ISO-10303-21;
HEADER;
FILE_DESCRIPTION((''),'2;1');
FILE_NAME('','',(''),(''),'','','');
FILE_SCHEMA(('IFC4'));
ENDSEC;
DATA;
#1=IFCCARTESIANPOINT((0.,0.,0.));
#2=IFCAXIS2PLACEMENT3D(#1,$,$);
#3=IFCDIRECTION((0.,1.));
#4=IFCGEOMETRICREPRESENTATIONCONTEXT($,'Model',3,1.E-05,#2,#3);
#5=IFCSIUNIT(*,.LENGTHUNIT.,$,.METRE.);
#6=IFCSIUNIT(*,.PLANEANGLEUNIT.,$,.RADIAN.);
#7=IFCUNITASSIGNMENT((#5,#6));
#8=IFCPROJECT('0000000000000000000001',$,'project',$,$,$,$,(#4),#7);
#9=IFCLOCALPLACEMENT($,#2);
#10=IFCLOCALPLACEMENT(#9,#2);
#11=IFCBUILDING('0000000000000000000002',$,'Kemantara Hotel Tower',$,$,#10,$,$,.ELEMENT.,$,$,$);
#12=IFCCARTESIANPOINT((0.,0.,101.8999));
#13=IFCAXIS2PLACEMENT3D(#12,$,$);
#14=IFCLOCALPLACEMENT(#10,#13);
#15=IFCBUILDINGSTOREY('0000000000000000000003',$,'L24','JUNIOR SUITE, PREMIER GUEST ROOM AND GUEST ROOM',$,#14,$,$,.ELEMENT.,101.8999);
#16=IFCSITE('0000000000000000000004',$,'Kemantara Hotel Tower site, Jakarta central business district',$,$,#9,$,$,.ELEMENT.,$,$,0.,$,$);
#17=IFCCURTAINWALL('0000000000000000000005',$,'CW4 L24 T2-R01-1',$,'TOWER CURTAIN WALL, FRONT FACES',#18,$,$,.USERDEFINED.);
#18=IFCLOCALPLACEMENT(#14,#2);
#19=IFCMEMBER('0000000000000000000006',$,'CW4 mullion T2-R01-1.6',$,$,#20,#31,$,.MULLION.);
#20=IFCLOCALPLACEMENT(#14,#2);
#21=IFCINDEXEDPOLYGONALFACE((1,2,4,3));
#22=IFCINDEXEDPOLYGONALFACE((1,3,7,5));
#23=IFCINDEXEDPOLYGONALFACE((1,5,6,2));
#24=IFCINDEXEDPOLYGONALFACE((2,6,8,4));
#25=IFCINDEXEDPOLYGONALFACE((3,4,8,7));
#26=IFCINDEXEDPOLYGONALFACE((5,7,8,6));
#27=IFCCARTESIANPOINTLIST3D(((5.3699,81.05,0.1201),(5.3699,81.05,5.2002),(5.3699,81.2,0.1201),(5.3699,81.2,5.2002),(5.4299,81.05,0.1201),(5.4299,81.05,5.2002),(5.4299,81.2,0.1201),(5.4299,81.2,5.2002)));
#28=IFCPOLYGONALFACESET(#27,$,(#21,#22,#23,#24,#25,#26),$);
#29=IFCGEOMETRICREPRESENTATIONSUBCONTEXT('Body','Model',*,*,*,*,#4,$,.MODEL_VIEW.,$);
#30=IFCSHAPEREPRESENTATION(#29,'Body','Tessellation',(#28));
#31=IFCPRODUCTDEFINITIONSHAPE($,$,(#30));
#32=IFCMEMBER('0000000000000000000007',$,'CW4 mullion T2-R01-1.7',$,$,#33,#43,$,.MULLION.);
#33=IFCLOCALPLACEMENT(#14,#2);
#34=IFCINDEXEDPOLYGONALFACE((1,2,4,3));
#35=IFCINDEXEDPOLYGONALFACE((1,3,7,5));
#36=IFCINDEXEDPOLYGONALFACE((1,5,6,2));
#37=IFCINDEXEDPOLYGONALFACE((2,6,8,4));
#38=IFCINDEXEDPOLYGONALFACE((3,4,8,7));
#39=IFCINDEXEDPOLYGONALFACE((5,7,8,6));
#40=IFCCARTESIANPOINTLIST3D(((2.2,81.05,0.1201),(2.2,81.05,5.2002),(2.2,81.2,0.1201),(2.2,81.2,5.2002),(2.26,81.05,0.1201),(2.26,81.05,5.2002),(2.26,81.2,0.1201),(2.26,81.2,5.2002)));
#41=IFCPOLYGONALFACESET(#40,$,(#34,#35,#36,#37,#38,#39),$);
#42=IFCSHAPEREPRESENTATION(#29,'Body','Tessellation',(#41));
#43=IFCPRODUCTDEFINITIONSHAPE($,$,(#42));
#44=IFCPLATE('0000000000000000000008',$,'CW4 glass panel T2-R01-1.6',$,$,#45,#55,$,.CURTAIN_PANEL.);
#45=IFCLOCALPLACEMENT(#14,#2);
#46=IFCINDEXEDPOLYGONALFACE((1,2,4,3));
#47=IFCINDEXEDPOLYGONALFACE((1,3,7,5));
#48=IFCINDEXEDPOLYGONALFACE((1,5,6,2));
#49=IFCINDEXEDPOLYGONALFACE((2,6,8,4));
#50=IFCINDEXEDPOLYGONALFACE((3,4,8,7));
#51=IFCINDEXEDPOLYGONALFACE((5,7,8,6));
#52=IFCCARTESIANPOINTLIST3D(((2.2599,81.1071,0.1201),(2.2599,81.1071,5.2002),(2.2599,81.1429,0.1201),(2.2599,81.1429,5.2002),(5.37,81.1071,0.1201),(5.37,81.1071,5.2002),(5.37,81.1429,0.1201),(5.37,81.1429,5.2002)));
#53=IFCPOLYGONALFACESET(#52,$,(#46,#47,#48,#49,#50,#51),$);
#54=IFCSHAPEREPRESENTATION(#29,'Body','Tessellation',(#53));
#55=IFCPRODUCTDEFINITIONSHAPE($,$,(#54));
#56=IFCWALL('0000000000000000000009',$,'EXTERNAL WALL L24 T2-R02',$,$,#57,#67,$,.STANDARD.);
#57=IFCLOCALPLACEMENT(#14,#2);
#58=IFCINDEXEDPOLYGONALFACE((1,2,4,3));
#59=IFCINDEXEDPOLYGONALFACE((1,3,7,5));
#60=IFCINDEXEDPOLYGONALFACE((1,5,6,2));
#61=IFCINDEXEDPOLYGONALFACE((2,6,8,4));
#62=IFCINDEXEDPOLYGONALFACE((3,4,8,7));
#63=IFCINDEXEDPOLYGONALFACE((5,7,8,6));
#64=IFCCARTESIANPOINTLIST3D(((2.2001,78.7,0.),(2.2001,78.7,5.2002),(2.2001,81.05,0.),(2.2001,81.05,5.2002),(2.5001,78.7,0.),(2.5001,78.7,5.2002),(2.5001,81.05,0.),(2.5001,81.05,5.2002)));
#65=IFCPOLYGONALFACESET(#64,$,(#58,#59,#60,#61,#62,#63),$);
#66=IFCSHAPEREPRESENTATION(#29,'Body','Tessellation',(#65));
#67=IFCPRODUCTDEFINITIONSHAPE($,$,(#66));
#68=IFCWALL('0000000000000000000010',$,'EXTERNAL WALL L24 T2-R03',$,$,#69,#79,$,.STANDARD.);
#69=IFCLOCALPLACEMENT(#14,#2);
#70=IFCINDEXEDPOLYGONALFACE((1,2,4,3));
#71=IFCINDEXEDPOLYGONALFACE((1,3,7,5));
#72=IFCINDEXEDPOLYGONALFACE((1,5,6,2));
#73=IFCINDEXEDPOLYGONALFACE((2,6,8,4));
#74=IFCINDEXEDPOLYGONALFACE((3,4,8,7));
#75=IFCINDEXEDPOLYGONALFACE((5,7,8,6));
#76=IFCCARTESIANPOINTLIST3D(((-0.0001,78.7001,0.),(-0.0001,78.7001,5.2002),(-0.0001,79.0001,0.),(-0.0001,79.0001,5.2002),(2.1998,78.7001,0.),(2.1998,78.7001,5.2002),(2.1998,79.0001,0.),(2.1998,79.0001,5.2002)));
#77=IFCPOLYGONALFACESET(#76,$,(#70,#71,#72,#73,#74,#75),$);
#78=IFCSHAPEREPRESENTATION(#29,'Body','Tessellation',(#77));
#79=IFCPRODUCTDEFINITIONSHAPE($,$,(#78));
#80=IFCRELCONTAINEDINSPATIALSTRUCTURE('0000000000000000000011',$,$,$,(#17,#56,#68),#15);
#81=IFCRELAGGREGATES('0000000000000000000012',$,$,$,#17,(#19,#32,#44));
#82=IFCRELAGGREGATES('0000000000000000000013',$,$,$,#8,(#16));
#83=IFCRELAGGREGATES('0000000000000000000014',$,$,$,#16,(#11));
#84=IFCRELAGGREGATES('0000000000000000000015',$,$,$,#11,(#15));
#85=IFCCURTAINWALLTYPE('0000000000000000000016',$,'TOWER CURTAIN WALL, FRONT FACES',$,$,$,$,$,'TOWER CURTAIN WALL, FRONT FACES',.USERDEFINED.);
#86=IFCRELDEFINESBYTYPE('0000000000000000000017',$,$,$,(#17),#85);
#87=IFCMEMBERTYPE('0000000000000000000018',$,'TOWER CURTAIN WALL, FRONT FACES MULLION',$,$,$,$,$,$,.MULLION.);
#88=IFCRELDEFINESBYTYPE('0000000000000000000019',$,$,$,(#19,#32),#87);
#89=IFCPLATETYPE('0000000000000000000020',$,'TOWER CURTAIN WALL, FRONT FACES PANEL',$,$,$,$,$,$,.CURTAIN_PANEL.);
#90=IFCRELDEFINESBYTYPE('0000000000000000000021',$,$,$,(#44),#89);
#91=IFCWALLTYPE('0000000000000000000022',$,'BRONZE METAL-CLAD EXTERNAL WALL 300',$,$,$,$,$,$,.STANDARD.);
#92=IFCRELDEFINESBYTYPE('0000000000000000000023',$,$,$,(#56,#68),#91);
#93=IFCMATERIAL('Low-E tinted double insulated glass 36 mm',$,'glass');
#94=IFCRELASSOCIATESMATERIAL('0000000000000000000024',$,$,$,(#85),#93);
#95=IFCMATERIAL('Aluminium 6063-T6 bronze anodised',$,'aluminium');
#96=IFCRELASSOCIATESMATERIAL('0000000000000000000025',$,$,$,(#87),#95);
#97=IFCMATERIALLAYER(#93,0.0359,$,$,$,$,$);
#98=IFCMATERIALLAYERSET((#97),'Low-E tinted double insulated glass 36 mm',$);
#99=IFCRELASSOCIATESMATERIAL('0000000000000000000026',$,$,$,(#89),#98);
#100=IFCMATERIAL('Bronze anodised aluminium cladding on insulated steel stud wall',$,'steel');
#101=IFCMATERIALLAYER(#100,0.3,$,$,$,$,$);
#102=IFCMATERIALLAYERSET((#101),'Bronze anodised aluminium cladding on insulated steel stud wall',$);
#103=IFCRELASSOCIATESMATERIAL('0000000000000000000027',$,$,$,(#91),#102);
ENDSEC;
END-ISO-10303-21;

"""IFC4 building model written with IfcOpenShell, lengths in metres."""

from ifc_helpers import new_model, si_unit, direction, frame, frame_2d, origin, origin_2d, place, context, subcontext, project, spatial, rectangle, extrude, source, transform, mapped, material, layer, layer_set, material_profile, profile_set, type_object, element, aggregate, save


model = new_model("IFC4")

# Units and contexts
model_context = context("Model", 3, precision=1e-05, world=origin(), true_north=direction((0.0, 1.0)))
body_context = subcontext(model_context, "Body", "Model", "MODEL_VIEW")
ifc_project = project(units=[si_unit("LENGTHUNIT", "METRE"), si_unit("PLANEANGLEUNIT", "RADIAN")], contexts=[model_context])

# Site, building, storey
site_placement = place(None, origin())
site = spatial("IfcSite", under=ifc_project, at=site_placement, Name="Kemantara Hotel Tower site, Jakarta central business district", CompositionType="ELEMENT", RefElevation=0.0)
building_placement = place(site_placement, origin())
building = spatial("IfcBuilding", under=site, at=building_placement, Name="Kemantara Hotel Tower", CompositionType="ELEMENT")
storey_placement = place(building_placement, frame((0.0, 0.0, 101.8999)))
storey = spatial("IfcBuildingStorey", under=building, at=storey_placement, Name="L24", Description="JUNIOR SUITE, PREMIER GUEST ROOM AND GUEST ROOM", CompositionType="ELEMENT", Elevation=101.8999)

# Curtain wall, members, plate
ifc_material_1 = material(Name="Low-E tinted double insulated glass 36 mm", Category="glass")
curtain_wall_type = type_object("IfcCurtainWallType", Name="TOWER CURTAIN WALL, FRONT FACES", ElementType="TOWER CURTAIN WALL, FRONT FACES", PredefinedType="USERDEFINED", material=ifc_material_1)
curtain_wall_placement = place(storey_placement, origin())
curtain_wall = element("IfcCurtainWall", 1, at=curtain_wall_placement, inside=storey, type_object=curtain_wall_type, Name="CW4 L24 T2-R01-1", ObjectType="TOWER CURTAIN WALL, FRONT FACES", PredefinedType="USERDEFINED")
ifc_material_2 = material(Name="Aluminium 6063-T6 bronze anodised", Category="aluminium")
ifc_material_profile = material_profile(ifc_material_2, rectangle(XDim=0.1499, YDim=0.0601, at=origin_2d()), Name="TOWER CURTAIN WALL, FRONT FACES MULLION")
ifc_profile_set = profile_set([ifc_material_profile], Name="Aluminium 6063-T6 bronze anodised")
member_type = type_object("IfcMemberType", Name="TOWER CURTAIN WALL, FRONT FACES MULLION", PredefinedType="MULLION", material=ifc_profile_set)
shared_shape_1 = source(origin(), body_context, "Body", "SweptSolid", [
    extrude(rectangle(XDim=0.1499, YDim=0.0601, at=origin_2d()), origin(), (0.0, 0.0, 1.0), 5.0801),
])
member_1_placement = place(storey_placement, frame((5.3999, 81.125, 0.1201), z_axis=(0.0, 0.0, 1.0), x_axis=(0.0, -1.0, 0.0)))
member_1 = element("IfcMember", 2, at=member_1_placement, type_object=member_type, Name="CW4 mullion T2-R01-1.6", PredefinedType="MULLION", context=body_context, shape_type="MappedRepresentation", body=[
    mapped(shared_shape_1, transform((0.0, 0.0, 0.0))),
])
member_2_placement = place(storey_placement, frame((2.23, 81.125, 0.1201), z_axis=(0.0, 0.0, 1.0), x_axis=(0.0, -1.0, 0.0)))
member_2 = element("IfcMember", 3, at=member_2_placement, type_object=member_type, Name="CW4 mullion T2-R01-1.7", PredefinedType="MULLION", context=body_context, shape_type="MappedRepresentation", body=[
    mapped(shared_shape_1, transform((0.0, 0.0, 0.0))),
])
ifc_layer_1 = layer(ifc_material_1, 0.0359)
ifc_layer_set_1 = layer_set([ifc_layer_1], Name="Low-E tinted double insulated glass 36 mm")
plate_type = type_object("IfcPlateType", Name="TOWER CURTAIN WALL, FRONT FACES PANEL", PredefinedType="CURTAIN_PANEL", material=ifc_layer_set_1)
shared_shape_2 = source(origin(), body_context, "Body", "SweptSolid", [
    extrude(rectangle(XDim=3.1101, YDim=0.0359, at=origin_2d()), origin(), (0.0, 0.0, 1.0), 5.0801),
])
plate_placement = place(storey_placement, frame((3.8149, 81.125, 0.1201), z_axis=(0.0, 0.0, 1.0), x_axis=(-1.0, 0.0, 0.0)))
plate = element("IfcPlate", 4, at=plate_placement, type_object=plate_type, Name="CW4 glass panel T2-R01-1.6", PredefinedType="CURTAIN_PANEL", context=body_context, shape_type="MappedRepresentation", body=[
    mapped(shared_shape_2, transform((0.0, 0.0, 0.0))),
])
aggregate(curtain_wall, [member_1, member_2, plate])

# Walls
ifc_material_3 = material(Name="Bronze anodised aluminium cladding on insulated steel stud wall", Category="steel")
ifc_layer_2 = layer(ifc_material_3, 0.3)
ifc_layer_set_2 = layer_set([ifc_layer_2], Name="Bronze anodised aluminium cladding on insulated steel stud wall")
wall_type = type_object("IfcWallType", Name="BRONZE METAL-CLAD EXTERNAL WALL 300", PredefinedType="STANDARD", material=ifc_layer_set_2)
wall_1_placement = place(storey_placement, frame((2.3501, 81.05, 0.0), z_axis=(0.0, 0.0, 1.0), x_axis=(0.0, -1.0, 0.0)))
element("IfcWall", 5, at=wall_1_placement, inside=storey, type_object=wall_type, Name="EXTERNAL WALL L24 T2-R02", PredefinedType="STANDARD", context=body_context, shape_type="SweptSolid", body=[
    extrude(rectangle(XDim=2.3501, YDim=0.3, at=frame_2d((1.175, 0.0))), origin(), (0.0, 0.0, 1.0), 5.2002),
])
wall_2_placement = place(storey_placement, frame((2.2, 78.8501, 0.0), z_axis=(0.0, 0.0, 1.0), x_axis=(-1.0, 0.0, 0.0)))
element("IfcWall", 6, at=wall_2_placement, inside=storey, type_object=wall_type, Name="EXTERNAL WALL L24 T2-R03", PredefinedType="STANDARD", context=body_context, shape_type="SweptSolid", body=[
    extrude(rectangle(XDim=2.2, YDim=0.3, at=frame_2d((1.1001, 0.0))), origin(), (0.0, 0.0, 1.0), 5.2002),
])

save(model, "model.ifc")
